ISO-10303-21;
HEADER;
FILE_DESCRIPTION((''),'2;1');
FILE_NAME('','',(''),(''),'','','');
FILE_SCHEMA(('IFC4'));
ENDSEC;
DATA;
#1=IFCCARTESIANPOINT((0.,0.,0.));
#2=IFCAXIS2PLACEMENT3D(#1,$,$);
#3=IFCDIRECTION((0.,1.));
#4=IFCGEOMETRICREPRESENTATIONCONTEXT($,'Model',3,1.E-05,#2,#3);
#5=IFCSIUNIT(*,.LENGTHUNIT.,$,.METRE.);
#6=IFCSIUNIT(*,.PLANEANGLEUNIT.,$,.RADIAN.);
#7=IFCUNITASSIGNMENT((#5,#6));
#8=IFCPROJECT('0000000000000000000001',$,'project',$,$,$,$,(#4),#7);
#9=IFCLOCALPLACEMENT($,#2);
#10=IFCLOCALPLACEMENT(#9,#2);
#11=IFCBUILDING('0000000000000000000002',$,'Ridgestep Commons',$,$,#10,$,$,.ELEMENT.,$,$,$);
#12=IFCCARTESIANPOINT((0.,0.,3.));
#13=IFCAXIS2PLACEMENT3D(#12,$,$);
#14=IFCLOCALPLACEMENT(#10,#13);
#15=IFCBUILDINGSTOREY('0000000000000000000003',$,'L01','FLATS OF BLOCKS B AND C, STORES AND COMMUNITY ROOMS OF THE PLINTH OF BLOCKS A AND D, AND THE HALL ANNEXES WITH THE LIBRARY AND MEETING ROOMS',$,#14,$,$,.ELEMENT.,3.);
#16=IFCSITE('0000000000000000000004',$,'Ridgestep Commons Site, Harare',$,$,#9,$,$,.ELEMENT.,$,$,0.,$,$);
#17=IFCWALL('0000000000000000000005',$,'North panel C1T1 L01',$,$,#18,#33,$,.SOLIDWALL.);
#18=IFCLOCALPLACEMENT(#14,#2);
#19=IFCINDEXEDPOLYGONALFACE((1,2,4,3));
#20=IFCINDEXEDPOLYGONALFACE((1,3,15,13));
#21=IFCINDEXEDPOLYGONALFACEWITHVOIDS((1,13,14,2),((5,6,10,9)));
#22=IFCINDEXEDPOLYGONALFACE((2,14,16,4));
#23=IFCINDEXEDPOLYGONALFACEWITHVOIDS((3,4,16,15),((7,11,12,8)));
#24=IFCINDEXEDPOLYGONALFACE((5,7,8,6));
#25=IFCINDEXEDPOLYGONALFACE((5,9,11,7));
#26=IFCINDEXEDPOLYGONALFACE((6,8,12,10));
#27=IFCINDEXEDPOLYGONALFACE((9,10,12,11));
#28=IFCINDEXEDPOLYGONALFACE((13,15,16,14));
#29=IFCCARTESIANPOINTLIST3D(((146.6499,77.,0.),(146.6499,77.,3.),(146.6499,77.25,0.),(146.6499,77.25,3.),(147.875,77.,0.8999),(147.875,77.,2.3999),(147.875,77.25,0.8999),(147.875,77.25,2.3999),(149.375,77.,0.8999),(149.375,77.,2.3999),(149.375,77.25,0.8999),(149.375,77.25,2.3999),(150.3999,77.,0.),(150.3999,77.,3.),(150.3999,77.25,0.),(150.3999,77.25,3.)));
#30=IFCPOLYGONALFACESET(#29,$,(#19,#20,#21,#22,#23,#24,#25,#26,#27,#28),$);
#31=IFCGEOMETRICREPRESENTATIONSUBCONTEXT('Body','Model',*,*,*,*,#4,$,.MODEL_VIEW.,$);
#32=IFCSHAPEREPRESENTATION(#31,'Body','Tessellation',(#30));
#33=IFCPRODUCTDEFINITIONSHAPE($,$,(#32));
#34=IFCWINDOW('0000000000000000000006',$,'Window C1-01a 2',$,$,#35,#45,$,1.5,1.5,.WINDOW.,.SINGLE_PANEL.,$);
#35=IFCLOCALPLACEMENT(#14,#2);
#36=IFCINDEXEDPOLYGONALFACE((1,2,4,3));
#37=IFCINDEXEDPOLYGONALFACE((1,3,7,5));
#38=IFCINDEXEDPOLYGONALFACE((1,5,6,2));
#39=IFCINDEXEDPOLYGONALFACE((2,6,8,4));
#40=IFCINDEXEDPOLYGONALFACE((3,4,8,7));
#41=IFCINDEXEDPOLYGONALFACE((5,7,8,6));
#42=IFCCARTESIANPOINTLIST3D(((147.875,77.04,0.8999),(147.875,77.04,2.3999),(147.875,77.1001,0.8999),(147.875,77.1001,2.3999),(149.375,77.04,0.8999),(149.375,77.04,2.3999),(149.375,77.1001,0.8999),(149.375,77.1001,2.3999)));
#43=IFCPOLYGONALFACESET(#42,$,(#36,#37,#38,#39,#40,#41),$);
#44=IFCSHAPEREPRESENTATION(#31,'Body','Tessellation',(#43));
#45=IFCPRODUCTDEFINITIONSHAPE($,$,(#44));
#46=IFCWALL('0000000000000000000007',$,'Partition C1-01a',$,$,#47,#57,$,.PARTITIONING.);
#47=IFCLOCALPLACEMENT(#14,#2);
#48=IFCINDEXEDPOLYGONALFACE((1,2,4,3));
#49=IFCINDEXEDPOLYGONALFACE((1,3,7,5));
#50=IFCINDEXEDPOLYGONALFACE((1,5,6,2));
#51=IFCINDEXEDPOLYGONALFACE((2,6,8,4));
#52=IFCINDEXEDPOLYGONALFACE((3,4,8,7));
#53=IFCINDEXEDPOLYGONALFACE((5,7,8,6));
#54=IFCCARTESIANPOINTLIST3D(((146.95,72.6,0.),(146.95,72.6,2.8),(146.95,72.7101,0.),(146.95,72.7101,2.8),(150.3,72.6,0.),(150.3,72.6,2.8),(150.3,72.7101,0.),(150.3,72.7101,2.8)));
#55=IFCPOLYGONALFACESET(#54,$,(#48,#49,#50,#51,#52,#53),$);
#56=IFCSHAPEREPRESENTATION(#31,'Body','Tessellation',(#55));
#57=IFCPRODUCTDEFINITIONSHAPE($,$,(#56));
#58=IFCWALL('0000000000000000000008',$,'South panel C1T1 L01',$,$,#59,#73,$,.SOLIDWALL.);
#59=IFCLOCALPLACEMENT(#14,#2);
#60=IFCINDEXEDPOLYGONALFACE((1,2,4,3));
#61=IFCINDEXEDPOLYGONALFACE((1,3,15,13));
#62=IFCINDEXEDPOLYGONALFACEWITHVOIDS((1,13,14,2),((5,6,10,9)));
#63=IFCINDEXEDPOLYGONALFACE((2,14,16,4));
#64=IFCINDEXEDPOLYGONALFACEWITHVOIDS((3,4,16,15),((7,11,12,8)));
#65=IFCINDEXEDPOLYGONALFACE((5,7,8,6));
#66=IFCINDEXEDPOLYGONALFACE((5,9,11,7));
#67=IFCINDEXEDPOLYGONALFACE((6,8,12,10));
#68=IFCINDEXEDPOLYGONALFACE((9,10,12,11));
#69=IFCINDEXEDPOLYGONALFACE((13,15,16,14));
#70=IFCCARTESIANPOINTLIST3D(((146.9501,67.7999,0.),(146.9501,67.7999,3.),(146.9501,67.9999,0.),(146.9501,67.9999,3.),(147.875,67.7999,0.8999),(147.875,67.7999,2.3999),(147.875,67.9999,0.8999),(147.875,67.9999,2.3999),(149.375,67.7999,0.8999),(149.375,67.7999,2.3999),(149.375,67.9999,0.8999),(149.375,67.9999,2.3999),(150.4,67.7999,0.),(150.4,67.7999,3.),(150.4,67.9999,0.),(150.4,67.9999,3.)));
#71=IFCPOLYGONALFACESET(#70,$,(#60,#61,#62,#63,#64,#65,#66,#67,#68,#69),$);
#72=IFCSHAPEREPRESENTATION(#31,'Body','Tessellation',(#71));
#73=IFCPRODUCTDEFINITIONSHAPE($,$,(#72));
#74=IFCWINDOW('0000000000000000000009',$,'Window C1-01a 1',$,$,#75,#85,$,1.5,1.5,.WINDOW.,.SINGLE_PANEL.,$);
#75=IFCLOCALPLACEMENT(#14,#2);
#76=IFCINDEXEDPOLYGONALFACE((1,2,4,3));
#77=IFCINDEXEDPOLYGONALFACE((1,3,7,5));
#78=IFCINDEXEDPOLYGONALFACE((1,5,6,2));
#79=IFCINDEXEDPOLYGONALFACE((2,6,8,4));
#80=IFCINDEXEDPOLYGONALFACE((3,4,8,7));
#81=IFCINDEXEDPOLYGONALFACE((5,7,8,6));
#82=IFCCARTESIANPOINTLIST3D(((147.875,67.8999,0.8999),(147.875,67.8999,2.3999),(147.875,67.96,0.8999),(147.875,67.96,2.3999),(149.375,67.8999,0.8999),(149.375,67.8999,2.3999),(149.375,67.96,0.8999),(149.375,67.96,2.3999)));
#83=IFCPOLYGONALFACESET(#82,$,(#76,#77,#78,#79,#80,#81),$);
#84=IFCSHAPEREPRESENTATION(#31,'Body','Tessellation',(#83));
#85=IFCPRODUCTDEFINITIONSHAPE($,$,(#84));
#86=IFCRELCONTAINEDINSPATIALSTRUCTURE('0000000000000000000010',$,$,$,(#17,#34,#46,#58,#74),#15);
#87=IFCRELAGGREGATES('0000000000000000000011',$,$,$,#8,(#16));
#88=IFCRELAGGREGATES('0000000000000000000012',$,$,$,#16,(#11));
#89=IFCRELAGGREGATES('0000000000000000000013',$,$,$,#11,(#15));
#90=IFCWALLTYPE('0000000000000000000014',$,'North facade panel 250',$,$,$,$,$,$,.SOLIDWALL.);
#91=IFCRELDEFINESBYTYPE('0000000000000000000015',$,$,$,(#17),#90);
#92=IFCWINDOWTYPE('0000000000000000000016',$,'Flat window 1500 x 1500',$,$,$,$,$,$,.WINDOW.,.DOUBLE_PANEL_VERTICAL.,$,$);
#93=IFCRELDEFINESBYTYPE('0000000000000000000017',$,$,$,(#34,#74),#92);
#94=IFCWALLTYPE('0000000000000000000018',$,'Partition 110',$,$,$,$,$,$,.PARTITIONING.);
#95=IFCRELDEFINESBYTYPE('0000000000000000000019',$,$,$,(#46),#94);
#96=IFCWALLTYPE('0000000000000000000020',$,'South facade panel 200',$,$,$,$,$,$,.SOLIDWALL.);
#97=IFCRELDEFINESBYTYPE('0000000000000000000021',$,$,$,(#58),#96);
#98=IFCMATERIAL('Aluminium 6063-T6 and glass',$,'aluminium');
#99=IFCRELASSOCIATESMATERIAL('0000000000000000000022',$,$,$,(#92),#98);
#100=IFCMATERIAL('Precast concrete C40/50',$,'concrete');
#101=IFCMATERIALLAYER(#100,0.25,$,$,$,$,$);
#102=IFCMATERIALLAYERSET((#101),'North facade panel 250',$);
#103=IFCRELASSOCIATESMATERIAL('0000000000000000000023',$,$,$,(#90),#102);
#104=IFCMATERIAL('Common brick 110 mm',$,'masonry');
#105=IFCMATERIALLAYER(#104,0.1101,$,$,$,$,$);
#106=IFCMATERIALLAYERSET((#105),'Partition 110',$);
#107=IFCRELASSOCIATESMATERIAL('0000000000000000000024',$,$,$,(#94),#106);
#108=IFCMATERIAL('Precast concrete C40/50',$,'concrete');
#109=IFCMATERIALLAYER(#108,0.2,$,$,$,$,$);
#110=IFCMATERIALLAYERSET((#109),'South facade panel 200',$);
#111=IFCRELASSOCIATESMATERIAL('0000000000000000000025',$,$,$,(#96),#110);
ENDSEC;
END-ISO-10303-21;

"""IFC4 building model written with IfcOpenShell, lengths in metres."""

from ifc_helpers import new_model, si_unit, direction, frame, frame_2d, origin, place, context, subcontext, project, spatial, rectangle, extrude, material, layer, layer_set, type_object, element, fill, save


model = new_model("IFC4")

# Units and contexts
model_context = context("Model", 3, precision=1e-05, world=origin(), true_north=direction((0.0, 1.0)))
body_context = subcontext(model_context, "Body", "Model", "MODEL_VIEW")
ifc_project = project(units=[si_unit("LENGTHUNIT", "METRE"), si_unit("PLANEANGLEUNIT", "RADIAN")], contexts=[model_context])

# Site, building, storey
site_placement = place(None, origin())
site = spatial("IfcSite", under=ifc_project, at=site_placement, Name="Ridgestep Commons Site, Harare", CompositionType="ELEMENT", RefElevation=0.0)
building_placement = place(site_placement, origin())
building = spatial("IfcBuilding", under=site, at=building_placement, Name="Ridgestep Commons", CompositionType="ELEMENT")
storey_placement = place(building_placement, frame((0.0, 0.0, 3.0)))
storey = spatial("IfcBuildingStorey", under=building, at=storey_placement, Name="L01", Description="FLATS OF BLOCKS B AND C, STORES AND COMMUNITY ROOMS OF THE PLINTH OF BLOCKS A AND D, AND THE HALL ANNEXES WITH THE LIBRARY AND MEETING ROOMS", CompositionType="ELEMENT", Elevation=3.0)

# Shared definitions
ifc_material_1 = material(Name="Aluminium 6063-T6 and glass", Category="aluminium")
window_type = type_object("IfcWindowType", Name="Flat window 1500 x 1500", PartitioningType="DOUBLE_PANEL_VERTICAL", PredefinedType="WINDOW", material=ifc_material_1)

# Wall, opening, window
ifc_material_2 = material(Name="Precast concrete C40/50", Category="concrete")
ifc_layer_1 = layer(ifc_material_2, 0.25)
ifc_layer_set_1 = layer_set([ifc_layer_1], Name="North facade panel 250")
wall_type_1 = type_object("IfcWallType", Name="North facade panel 250", PredefinedType="SOLIDWALL", material=ifc_layer_set_1)
wall_1_placement = place(storey_placement, frame((146.6499, 77.125, 0.0), z_axis=(0.0, 0.0, 1.0), x_axis=(1.0, 0.0, 0.0)))
wall_1 = element("IfcWall", 1, at=wall_1_placement, inside=storey, type_object=wall_type_1, Name="North panel C1T1 L01", PredefinedType="SOLIDWALL", context=body_context, shape_type="SweptSolid", body=[
    extrude(rectangle(XDim=3.75, YDim=0.25, at=frame_2d((1.875, 0.0))), origin(), (0.0, 0.0, 1.0), 3.0),
])
opening_1_placement = place(wall_1_placement, frame((1.2251, 0.0, 0.8999)))
opening_1 = element("IfcOpeningElement", 2, at=opening_1_placement, cuts=wall_1, PredefinedType="OPENING", context=body_context, shape_type="SweptSolid", body=[
    extrude(rectangle(XDim=1.5, YDim=1.5, at=frame_2d((0.75, 0.75))), frame((0.0, 0.135, 0.0), z_axis=(0.0, -1.0, 0.0), x_axis=(1.0, 0.0, 0.0)), (0.0, 0.0, 1.0), 0.27),
])
window_1_placement = place(opening_1_placement, origin())
window_1 = element("IfcWindow", 3, at=window_1_placement, inside=storey, type_object=window_type, Name="Window C1-01a 2", OverallHeight=1.5, OverallWidth=1.5, PartitioningType="SINGLE_PANEL", PredefinedType="WINDOW", context=body_context, shape_type="SweptSolid", body=[
    extrude(rectangle(XDim=1.5, YDim=1.5, at=frame_2d((0.75, 0.75))), frame((0.0, -0.0249, 0.0), z_axis=(0.0, -1.0, 0.0), x_axis=(1.0, 0.0, 0.0)), (0.0, 0.0, 1.0), 0.0601),
])
fill(opening_1, window_1)

# Wall
ifc_material_3 = material(Name="Common brick 110 mm", Category="masonry")
ifc_layer_2 = layer(ifc_material_3, 0.1101)
ifc_layer_set_2 = layer_set([ifc_layer_2], Name="Partition 110")
wall_type_2 = type_object("IfcWallType", Name="Partition 110", PredefinedType="PARTITIONING", material=ifc_layer_set_2)
wall_2_placement = place(storey_placement, frame((146.95, 72.655, 0.0), z_axis=(0.0, 0.0, 1.0), x_axis=(1.0, 0.0, 0.0)))
element("IfcWall", 4, at=wall_2_placement, inside=storey, type_object=wall_type_2, Name="Partition C1-01a", PredefinedType="PARTITIONING", context=body_context, shape_type="SweptSolid", body=[
    extrude(rectangle(XDim=3.3501, YDim=0.1101, at=frame_2d((1.675, 0.0))), origin(), (0.0, 0.0, 1.0), 2.8),
])

# Wall, opening, window
ifc_material_4 = material(Name="Precast concrete C40/50", Category="concrete")
ifc_layer_3 = layer(ifc_material_4, 0.2)
ifc_layer_set_3 = layer_set([ifc_layer_3], Name="South facade panel 200")
wall_type_3 = type_object("IfcWallType", Name="South facade panel 200", PredefinedType="SOLIDWALL", material=ifc_layer_set_3)
wall_3_placement = place(storey_placement, frame((146.95, 67.8999, 0.0), z_axis=(0.0, 0.0, 1.0), x_axis=(1.0, 0.0, 0.0)))
wall_3 = element("IfcWall", 5, at=wall_3_placement, inside=storey, type_object=wall_type_3, Name="South panel C1T1 L01", PredefinedType="SOLIDWALL", context=body_context, shape_type="SweptSolid", body=[
    extrude(rectangle(XDim=3.45, YDim=0.2, at=frame_2d((1.7251, 0.0))), origin(), (0.0, 0.0, 1.0), 3.0),
])
opening_2_placement = place(wall_3_placement, frame((0.925, 0.0, 0.8999)))
opening_2 = element("IfcOpeningElement", 6, at=opening_2_placement, cuts=wall_3, PredefinedType="OPENING", context=body_context, shape_type="SweptSolid", body=[
    extrude(rectangle(XDim=1.5, YDim=1.5, at=frame_2d((0.75, 0.75))), frame((0.0, 0.1099, 0.0), z_axis=(0.0, -1.0, 0.0), x_axis=(1.0, 0.0, 0.0)), (0.0, 0.0, 1.0), 0.22),
])
window_2_placement = place(opening_2_placement, origin())
window_2 = element("IfcWindow", 7, at=window_2_placement, inside=storey, type_object=window_type, Name="Window C1-01a 1", OverallHeight=1.5, OverallWidth=1.5, PartitioningType="SINGLE_PANEL", PredefinedType="WINDOW", context=body_context, shape_type="SweptSolid", body=[
    extrude(rectangle(XDim=1.5, YDim=1.5, at=frame_2d((0.75, 0.75))), frame((0.0, 0.0601, 0.0), z_axis=(0.0, -1.0, 0.0), x_axis=(1.0, 0.0, 0.0)), (0.0, 0.0, 1.0), 0.0601),
])
fill(opening_2, window_2)

save(model, "model.ifc")
